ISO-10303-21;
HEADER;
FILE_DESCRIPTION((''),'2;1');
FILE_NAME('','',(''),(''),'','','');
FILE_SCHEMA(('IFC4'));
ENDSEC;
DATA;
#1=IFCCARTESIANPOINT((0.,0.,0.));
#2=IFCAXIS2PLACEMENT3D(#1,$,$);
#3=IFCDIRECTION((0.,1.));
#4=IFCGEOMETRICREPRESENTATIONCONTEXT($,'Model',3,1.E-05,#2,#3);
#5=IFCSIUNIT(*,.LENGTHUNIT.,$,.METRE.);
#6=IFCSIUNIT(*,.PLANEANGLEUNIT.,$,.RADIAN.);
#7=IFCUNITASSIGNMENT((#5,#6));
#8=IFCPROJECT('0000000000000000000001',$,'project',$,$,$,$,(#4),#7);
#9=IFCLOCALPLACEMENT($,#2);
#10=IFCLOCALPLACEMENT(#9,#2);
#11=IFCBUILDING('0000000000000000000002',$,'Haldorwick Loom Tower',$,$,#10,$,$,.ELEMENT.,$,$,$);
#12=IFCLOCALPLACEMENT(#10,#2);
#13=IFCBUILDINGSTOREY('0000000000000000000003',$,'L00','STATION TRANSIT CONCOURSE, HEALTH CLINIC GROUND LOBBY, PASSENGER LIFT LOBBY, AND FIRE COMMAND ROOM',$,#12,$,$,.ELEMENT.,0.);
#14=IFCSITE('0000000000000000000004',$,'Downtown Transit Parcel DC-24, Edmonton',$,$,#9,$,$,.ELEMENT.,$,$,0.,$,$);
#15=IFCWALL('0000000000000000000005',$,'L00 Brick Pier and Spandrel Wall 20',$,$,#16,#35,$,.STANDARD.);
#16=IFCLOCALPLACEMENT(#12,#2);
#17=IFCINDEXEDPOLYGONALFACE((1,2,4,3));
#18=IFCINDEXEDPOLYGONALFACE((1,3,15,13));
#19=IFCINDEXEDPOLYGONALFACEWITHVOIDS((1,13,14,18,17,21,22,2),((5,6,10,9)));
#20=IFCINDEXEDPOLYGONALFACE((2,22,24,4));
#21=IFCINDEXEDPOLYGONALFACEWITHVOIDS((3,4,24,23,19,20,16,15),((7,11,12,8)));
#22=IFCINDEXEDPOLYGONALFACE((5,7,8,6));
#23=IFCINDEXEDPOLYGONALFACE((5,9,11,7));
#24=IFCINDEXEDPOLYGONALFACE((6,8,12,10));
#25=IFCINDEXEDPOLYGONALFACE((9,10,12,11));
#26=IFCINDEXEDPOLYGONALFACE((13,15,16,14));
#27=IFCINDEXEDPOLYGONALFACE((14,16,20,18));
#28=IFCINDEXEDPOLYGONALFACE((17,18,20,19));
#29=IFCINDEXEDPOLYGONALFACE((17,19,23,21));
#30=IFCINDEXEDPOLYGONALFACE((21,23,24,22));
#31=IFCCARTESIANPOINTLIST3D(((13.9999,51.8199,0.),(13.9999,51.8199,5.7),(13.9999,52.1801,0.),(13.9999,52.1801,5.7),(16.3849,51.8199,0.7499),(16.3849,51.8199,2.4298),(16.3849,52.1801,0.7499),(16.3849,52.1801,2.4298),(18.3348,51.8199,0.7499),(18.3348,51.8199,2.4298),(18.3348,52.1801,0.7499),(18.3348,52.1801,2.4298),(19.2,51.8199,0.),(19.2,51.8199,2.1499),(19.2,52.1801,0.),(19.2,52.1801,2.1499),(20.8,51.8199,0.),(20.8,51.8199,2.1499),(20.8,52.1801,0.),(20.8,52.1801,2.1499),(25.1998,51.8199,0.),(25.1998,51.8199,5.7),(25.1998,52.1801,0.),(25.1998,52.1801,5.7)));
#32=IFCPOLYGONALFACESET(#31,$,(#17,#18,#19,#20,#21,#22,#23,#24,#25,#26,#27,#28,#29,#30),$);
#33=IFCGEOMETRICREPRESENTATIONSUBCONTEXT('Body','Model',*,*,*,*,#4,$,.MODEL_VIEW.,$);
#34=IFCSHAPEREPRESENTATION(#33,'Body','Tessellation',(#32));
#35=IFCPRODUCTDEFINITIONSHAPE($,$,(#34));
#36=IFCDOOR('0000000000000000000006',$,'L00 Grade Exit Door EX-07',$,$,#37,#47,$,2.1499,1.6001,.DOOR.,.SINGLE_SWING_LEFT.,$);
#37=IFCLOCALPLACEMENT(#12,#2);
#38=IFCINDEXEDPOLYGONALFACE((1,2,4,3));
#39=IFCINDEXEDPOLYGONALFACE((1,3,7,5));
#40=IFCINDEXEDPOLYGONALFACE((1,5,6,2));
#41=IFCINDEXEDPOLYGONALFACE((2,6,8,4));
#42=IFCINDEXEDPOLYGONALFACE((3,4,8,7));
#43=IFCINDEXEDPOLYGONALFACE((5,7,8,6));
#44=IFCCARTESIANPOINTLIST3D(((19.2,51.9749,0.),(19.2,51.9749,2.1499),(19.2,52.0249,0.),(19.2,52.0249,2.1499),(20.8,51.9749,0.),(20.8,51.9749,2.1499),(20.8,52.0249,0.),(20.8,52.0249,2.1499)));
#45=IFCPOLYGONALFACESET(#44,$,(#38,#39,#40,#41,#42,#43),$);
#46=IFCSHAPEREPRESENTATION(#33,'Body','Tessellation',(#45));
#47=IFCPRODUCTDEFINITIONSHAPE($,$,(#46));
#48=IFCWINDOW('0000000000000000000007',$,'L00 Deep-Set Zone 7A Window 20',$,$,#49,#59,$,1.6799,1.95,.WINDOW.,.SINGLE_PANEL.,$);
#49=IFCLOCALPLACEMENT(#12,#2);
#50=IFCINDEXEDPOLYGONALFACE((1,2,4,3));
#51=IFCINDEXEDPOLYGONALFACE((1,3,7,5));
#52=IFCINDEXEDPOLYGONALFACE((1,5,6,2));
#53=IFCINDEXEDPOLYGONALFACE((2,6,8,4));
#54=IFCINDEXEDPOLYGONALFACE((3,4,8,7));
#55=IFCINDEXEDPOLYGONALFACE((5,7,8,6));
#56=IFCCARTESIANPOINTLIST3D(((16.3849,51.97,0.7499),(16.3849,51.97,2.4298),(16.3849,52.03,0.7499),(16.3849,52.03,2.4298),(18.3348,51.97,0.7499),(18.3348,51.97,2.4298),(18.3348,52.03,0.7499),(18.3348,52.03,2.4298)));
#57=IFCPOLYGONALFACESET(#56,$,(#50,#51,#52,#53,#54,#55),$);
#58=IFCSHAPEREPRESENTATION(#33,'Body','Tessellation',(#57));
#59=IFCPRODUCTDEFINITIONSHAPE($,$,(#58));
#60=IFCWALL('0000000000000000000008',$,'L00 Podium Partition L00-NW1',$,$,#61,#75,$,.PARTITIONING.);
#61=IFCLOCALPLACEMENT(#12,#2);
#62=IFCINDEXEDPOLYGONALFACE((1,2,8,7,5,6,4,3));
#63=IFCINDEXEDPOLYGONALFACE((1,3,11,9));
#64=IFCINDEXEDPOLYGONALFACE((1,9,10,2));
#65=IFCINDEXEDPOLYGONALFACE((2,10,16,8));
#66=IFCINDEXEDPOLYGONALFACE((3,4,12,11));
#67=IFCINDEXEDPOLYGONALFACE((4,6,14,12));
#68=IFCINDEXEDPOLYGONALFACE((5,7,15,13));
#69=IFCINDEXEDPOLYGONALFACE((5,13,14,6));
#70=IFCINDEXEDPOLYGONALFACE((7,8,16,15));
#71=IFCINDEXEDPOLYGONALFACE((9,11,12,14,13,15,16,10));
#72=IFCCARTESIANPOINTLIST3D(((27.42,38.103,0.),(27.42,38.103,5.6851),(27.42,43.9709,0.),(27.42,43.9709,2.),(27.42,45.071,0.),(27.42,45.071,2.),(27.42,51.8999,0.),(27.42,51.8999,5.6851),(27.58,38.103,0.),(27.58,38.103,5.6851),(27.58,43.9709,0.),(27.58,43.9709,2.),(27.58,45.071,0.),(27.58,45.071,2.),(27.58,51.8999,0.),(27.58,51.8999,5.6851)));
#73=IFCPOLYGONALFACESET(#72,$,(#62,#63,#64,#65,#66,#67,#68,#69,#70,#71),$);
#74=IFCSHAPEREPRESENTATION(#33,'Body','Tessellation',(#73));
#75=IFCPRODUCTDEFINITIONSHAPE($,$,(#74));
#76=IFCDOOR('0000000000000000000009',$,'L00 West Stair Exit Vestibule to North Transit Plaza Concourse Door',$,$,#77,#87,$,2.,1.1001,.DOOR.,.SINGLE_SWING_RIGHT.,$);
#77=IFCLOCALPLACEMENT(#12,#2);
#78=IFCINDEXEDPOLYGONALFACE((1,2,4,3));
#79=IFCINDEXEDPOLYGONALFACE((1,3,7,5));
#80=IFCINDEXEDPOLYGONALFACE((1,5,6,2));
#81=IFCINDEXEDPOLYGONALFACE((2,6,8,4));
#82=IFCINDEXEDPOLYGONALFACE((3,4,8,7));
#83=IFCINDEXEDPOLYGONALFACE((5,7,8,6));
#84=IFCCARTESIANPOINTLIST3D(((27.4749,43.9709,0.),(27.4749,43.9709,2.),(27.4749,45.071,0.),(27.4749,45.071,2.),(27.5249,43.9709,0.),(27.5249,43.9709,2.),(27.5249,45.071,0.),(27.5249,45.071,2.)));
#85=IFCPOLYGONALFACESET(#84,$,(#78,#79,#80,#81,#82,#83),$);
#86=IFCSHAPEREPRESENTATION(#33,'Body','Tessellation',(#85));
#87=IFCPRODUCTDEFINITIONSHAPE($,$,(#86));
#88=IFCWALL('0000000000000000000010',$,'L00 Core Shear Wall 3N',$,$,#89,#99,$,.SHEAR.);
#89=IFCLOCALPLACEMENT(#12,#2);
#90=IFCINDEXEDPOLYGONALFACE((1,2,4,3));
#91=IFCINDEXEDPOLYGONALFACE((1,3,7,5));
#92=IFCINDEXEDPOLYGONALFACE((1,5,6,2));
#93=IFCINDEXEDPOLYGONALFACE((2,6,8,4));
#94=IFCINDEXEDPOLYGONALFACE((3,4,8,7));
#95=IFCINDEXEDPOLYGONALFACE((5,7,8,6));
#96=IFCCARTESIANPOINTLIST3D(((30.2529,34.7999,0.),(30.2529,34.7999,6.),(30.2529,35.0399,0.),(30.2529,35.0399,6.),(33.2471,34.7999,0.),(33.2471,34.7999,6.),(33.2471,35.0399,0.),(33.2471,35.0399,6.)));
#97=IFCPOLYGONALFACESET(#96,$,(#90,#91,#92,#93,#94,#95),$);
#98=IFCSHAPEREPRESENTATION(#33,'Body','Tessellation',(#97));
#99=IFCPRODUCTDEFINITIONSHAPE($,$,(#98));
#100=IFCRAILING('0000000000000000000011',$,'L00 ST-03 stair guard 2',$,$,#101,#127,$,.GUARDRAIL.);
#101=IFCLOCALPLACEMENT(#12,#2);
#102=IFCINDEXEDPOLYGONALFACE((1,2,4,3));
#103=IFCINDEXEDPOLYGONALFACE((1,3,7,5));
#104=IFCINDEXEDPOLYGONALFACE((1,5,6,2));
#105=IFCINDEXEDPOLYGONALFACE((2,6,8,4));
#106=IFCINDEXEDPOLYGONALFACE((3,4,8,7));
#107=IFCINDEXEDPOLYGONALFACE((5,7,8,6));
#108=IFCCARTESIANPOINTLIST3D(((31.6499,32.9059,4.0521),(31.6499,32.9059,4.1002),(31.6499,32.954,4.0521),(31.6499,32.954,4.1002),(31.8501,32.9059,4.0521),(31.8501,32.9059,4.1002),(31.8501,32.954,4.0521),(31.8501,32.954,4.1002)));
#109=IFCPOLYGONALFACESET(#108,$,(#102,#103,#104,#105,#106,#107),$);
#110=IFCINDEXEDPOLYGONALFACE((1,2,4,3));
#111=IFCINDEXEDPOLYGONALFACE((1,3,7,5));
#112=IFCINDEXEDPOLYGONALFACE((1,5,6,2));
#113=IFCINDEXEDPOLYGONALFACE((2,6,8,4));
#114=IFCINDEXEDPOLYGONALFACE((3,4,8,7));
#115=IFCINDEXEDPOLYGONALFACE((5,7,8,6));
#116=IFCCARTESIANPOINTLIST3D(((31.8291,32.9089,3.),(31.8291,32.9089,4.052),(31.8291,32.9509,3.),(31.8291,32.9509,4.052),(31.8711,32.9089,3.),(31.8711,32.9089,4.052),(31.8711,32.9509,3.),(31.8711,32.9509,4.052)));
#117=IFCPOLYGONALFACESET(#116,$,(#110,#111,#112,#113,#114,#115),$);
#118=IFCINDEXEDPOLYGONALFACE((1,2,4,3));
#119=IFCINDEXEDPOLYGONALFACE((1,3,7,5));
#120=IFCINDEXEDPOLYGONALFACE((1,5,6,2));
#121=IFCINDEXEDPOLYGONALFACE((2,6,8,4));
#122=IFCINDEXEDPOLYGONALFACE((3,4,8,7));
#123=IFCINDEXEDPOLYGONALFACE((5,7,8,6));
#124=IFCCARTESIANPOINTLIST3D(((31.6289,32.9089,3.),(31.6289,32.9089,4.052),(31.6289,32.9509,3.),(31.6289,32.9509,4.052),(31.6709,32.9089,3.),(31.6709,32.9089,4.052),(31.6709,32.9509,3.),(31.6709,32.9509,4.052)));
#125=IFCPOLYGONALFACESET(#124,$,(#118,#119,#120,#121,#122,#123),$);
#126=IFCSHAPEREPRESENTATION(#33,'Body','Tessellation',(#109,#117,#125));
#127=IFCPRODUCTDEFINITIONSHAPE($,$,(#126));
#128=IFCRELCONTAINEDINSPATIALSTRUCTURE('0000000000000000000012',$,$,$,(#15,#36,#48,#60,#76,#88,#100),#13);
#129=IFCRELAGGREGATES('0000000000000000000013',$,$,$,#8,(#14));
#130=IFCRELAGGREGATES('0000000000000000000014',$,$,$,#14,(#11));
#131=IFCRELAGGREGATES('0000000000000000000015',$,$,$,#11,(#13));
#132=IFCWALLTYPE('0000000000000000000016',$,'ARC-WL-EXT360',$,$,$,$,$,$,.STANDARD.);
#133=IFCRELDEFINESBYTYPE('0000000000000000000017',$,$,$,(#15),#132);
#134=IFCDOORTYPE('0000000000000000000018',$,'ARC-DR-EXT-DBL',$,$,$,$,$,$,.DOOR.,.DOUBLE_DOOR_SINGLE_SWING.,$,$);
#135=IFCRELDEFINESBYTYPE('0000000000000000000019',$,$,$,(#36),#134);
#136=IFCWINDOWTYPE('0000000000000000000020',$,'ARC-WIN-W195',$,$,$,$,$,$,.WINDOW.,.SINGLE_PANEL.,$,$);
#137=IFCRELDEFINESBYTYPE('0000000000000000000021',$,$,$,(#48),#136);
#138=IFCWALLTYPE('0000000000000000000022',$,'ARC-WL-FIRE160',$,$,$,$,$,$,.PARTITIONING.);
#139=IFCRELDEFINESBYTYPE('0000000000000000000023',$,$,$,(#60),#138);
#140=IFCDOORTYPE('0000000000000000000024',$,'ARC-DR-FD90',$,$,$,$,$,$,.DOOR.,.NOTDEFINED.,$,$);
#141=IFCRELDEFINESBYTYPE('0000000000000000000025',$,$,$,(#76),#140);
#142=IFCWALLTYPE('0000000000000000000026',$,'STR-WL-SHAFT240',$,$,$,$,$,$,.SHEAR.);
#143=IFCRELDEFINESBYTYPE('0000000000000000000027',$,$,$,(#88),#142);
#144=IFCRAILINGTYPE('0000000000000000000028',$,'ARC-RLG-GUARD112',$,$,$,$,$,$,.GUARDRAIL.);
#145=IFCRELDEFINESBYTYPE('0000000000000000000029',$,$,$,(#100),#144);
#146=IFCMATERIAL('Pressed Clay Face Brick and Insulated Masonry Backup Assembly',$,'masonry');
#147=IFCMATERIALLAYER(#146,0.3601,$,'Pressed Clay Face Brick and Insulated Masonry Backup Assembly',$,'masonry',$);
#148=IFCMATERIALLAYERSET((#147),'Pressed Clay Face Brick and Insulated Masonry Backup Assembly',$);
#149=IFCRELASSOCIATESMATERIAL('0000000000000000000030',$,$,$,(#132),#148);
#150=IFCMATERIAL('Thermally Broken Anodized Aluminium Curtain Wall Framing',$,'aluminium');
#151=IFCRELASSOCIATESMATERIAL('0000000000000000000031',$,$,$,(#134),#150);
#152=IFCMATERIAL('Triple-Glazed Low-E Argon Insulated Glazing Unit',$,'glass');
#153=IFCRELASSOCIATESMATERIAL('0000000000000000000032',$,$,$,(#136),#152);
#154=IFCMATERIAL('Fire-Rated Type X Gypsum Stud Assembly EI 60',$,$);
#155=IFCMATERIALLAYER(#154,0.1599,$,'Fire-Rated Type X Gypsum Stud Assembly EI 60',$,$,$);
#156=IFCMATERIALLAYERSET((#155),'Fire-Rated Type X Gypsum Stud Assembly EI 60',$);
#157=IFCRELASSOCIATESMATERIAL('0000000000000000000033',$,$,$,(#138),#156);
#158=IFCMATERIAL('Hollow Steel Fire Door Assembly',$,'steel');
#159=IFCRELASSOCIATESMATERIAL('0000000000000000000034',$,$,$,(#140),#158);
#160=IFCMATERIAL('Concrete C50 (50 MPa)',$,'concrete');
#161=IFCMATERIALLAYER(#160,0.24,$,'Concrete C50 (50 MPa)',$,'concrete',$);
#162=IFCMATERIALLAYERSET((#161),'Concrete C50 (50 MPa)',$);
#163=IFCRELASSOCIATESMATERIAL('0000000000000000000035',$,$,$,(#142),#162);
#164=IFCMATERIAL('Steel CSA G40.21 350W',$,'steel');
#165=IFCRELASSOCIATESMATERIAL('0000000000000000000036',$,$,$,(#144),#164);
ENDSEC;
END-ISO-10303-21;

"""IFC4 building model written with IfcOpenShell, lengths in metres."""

from ifc_helpers import new_model, si_unit, direction, frame, frame_2d, origin, origin_2d, place, context, subcontext, project, spatial, rectangle, extrude, material, layer, layer_set, type_object, element, fill, save


model = new_model("IFC4")

# Units and contexts
model_context = context("Model", 3, precision=1e-05, world=origin(), true_north=direction((0.0, 1.0)))
body_context = subcontext(model_context, "Body", "Model", "MODEL_VIEW")
ifc_project = project(units=[si_unit("LENGTHUNIT", "METRE"), si_unit("PLANEANGLEUNIT", "RADIAN")], contexts=[model_context])

# Site, building, storey
site_placement = place(None, origin())
site = spatial("IfcSite", under=ifc_project, at=site_placement, Name="Downtown Transit Parcel DC-24, Edmonton", CompositionType="ELEMENT", RefElevation=0.0)
building_placement = place(site_placement, origin())
building = spatial("IfcBuilding", under=site, at=building_placement, Name="Haldorwick Loom Tower", CompositionType="ELEMENT")
storey_placement = place(building_placement, origin())
storey = spatial("IfcBuildingStorey", under=building, at=storey_placement, Name="L00", Description="STATION TRANSIT CONCOURSE, HEALTH CLINIC GROUND LOBBY, PASSENGER LIFT LOBBY, AND FIRE COMMAND ROOM", CompositionType="ELEMENT", Elevation=0.0)

# Shared definitions
ifc_material_1 = material(Name="Steel CSA G40.21 350W", Category="steel")

# Wall, openings, door, window
ifc_material_2 = material(Name="Pressed Clay Face Brick and Insulated Masonry Backup Assembly", Category="masonry")
ifc_layer_1 = layer(ifc_material_2, 0.3601, Name="Pressed Clay Face Brick and Insulated Masonry Backup Assembly", Category="masonry")
ifc_layer_set_1 = layer_set([ifc_layer_1], Name="Pressed Clay Face Brick and Insulated Masonry Backup Assembly")
wall_type_1 = type_object("IfcWallType", Name="ARC-WL-EXT360", PredefinedType="STANDARD", material=ifc_layer_set_1)
wall_1_placement = place(storey_placement, frame((25.2, 52.0, 0.0), z_axis=(0.0, 0.0, 1.0), x_axis=(-1.0, 0.0, 0.0)))
wall_1 = element("IfcWall", 1, at=wall_1_placement, inside=storey, type_object=wall_type_1, Name="L00 Brick Pier and Spandrel Wall 20", PredefinedType="STANDARD", context=body_context, shape_type="SweptSolid", body=[
    extrude(rectangle(XDim=11.2, YDim=0.3601, at=frame_2d((5.6001, 0.0))), origin(), (0.0, 0.0, 1.0), 5.7),
])
opening_1_placement = place(wall_1_placement, frame((4.3999, 0.0, 0.0)))
opening_1 = element("IfcOpeningElement", 2, at=opening_1_placement, cuts=wall_1, PredefinedType="OPENING", context=body_context, shape_type="SweptSolid", body=[
    extrude(rectangle(XDim=1.6001, YDim=2.1499, at=frame_2d((0.8, 1.075))), frame((0.0, 0.1899, 0.0), z_axis=(0.0, -1.0, 0.0), x_axis=(1.0, 0.0, 0.0)), (0.0, 0.0, 1.0), 0.3801),
])
opening_2_placement = place(wall_1_placement, frame((6.865, 0.0, 0.75)))
opening_2 = element("IfcOpeningElement", 3, at=opening_2_placement, cuts=wall_1, PredefinedType="OPENING", context=body_context, shape_type="SweptSolid", body=[
    extrude(rectangle(XDim=1.95, YDim=1.6799, at=frame_2d((0.9751, 0.8398))), frame((0.0, 0.1899, 0.0), z_axis=(0.0, -1.0, 0.0), x_axis=(1.0, 0.0, 0.0)), (0.0, 0.0, 1.0), 0.3801),
])
ifc_material_3 = material(Name="Thermally Broken Anodized Aluminium Curtain Wall Framing", Category="aluminium")
door_type_1 = type_object("IfcDoorType", Name="ARC-DR-EXT-DBL", OperationType="DOUBLE_DOOR_SINGLE_SWING", PredefinedType="DOOR", material=ifc_material_3)
door_1_placement = place(opening_1_placement, frame((1.6001, 0.0, 0.0), z_axis=(0.0, 0.0, 1.0), x_axis=(-1.0, 0.0, 0.0)))
door_1 = element("IfcDoor", 4, at=door_1_placement, inside=storey, type_object=door_type_1, Name="L00 Grade Exit Door EX-07", OperationType="SINGLE_SWING_LEFT", OverallHeight=2.1499, OverallWidth=1.6001, PredefinedType="DOOR", context=body_context, shape_type="SweptSolid", body=[
    extrude(rectangle(XDim=1.6001, YDim=2.1499, at=frame_2d((0.8, 1.075))), frame((0.0, 0.0249, 0.0), z_axis=(0.0, -1.0, 0.0), x_axis=(1.0, 0.0, 0.0)), (0.0, 0.0, 1.0), 0.05),
])
fill(opening_1, door_1)
ifc_material_4 = material(Name="Triple-Glazed Low-E Argon Insulated Glazing Unit", Category="glass")
window_type = type_object("IfcWindowType", Name="ARC-WIN-W195", PartitioningType="SINGLE_PANEL", PredefinedType="WINDOW", material=ifc_material_4)
window_placement = place(opening_2_placement, origin())
window = element("IfcWindow", 5, at=window_placement, inside=storey, type_object=window_type, Name="L00 Deep-Set Zone 7A Window 20", OverallHeight=1.6799, OverallWidth=1.95, PartitioningType="SINGLE_PANEL", PredefinedType="WINDOW", context=body_context, shape_type="SweptSolid", body=[
    extrude(rectangle(XDim=1.95, YDim=1.6799, at=frame_2d((0.9751, 0.8398))), frame((0.0, 0.03, 0.0), z_axis=(0.0, -1.0, 0.0), x_axis=(1.0, 0.0, 0.0)), (0.0, 0.0, 1.0), 0.0601),
])
fill(opening_2, window)

# Wall, opening, door
ifc_material_5 = material(Name="Fire-Rated Type X Gypsum Stud Assembly EI 60")
ifc_layer_2 = layer(ifc_material_5, 0.1599, Name="Fire-Rated Type X Gypsum Stud Assembly EI 60")
ifc_layer_set_2 = layer_set([ifc_layer_2], Name="Fire-Rated Type X Gypsum Stud Assembly EI 60")
wall_type_2 = type_object("IfcWallType", Name="ARC-WL-FIRE160", PredefinedType="PARTITIONING", material=ifc_layer_set_2)
wall_2_placement = place(storey_placement, frame((27.5, 38.103, 0.0), z_axis=(0.0, 0.0, 1.0), x_axis=(0.0, 1.0, 0.0)))
wall_2 = element("IfcWall", 6, at=wall_2_placement, inside=storey, type_object=wall_type_2, Name="L00 Podium Partition L00-NW1", PredefinedType="PARTITIONING", context=body_context, shape_type="SweptSolid", body=[
    extrude(rectangle(XDim=13.7969, YDim=0.1599, at=frame_2d((6.8984, 0.0))), origin(), (0.0, 0.0, 1.0), 5.6851),
])
opening_3_placement = place(wall_2_placement, frame((5.8679, 0.0, 0.0)))
opening_3 = element("IfcOpeningElement", 7, at=opening_3_placement, cuts=wall_2, PredefinedType="OPENING", context=body_context, shape_type="SweptSolid", body=[
    extrude(rectangle(XDim=1.1001, YDim=2.0, at=frame_2d((0.55, 1.0))), frame((0.0, 0.0898, 0.0), z_axis=(0.0, -1.0, 0.0), x_axis=(1.0, 0.0, 0.0)), (0.0, 0.0, 1.0), 0.1799),
])
ifc_material_6 = material(Name="Hollow Steel Fire Door Assembly", Category="steel")
door_type_2 = type_object("IfcDoorType", Name="ARC-DR-FD90", OperationType="NOTDEFINED", PredefinedType="DOOR", material=ifc_material_6)
door_2_placement = place(opening_3_placement, frame((1.1001, 0.0, 0.0), z_axis=(0.0, 0.0, 1.0), x_axis=(-1.0, 0.0, 0.0)))
door_2 = element("IfcDoor", 8, at=door_2_placement, inside=storey, type_object=door_type_2, Name="L00 West Stair Exit Vestibule to North Transit Plaza Concourse Door", OperationType="SINGLE_SWING_RIGHT", OverallHeight=2.0, OverallWidth=1.1001, PredefinedType="DOOR", context=body_context, shape_type="SweptSolid", body=[
    extrude(rectangle(XDim=1.1001, YDim=2.0, at=frame_2d((0.55, 1.0))), frame((0.0, 0.0249, 0.0), z_axis=(0.0, -1.0, 0.0), x_axis=(1.0, 0.0, 0.0)), (0.0, 0.0, 1.0), 0.05),
])
fill(opening_3, door_2)

# Wall
ifc_material_7 = material(Name="Concrete C50 (50 MPa)", Category="concrete")
ifc_layer_3 = layer(ifc_material_7, 0.24, Name="Concrete C50 (50 MPa)", Category="concrete")
ifc_layer_set_3 = layer_set([ifc_layer_3], Name="Concrete C50 (50 MPa)")
wall_type_3 = type_object("IfcWallType", Name="STR-WL-SHAFT240", PredefinedType="SHEAR", material=ifc_layer_set_3)
wall_3_placement = place(storey_placement, frame((30.2529, 34.9199, 0.0), z_axis=(0.0, 0.0, 1.0), x_axis=(1.0, 0.0, 0.0)))
element("IfcWall", 9, at=wall_3_placement, inside=storey, type_object=wall_type_3, Name="L00 Core Shear Wall 3N", PredefinedType="SHEAR", context=body_context, shape_type="SweptSolid", body=[
    extrude(rectangle(XDim=2.9941, YDim=0.24, at=frame_2d((1.4971, 0.0))), origin(), (0.0, 0.0, 1.0), 6.0),
])

# Railing
railing_type = type_object("IfcRailingType", Name="ARC-RLG-GUARD112", PredefinedType="GUARDRAIL", material=ifc_material_1)
railing_placement = place(storey_placement, frame((31.8501, 32.9299, 3.0)))
element("IfcRailing", 10, at=railing_placement, inside=storey, type_object=railing_type, Name="L00 ST-03 stair guard 2", PredefinedType="GUARDRAIL", context=body_context, shape_type="SweptSolid", body=[
    extrude(rectangle(XDim=0.0481, YDim=0.0481, at=origin_2d()), frame((0.0, 0.0, 1.0762), z_axis=(-1.0, 0.0, 0.0), x_axis=(0.0, -1.0, 0.0)), (0.0, 0.0, 1.0), 0.2002),
    extrude(rectangle(XDim=0.042, YDim=0.042, at=origin_2d()), origin(), (0.0, 0.0, 1.0), 1.052),
    extrude(rectangle(XDim=0.042, YDim=0.042, at=origin_2d()), frame((-0.2002, 0.0, 0.0)), (0.0, 0.0, 1.0), 1.052),
])

save(model, "model.ifc")
